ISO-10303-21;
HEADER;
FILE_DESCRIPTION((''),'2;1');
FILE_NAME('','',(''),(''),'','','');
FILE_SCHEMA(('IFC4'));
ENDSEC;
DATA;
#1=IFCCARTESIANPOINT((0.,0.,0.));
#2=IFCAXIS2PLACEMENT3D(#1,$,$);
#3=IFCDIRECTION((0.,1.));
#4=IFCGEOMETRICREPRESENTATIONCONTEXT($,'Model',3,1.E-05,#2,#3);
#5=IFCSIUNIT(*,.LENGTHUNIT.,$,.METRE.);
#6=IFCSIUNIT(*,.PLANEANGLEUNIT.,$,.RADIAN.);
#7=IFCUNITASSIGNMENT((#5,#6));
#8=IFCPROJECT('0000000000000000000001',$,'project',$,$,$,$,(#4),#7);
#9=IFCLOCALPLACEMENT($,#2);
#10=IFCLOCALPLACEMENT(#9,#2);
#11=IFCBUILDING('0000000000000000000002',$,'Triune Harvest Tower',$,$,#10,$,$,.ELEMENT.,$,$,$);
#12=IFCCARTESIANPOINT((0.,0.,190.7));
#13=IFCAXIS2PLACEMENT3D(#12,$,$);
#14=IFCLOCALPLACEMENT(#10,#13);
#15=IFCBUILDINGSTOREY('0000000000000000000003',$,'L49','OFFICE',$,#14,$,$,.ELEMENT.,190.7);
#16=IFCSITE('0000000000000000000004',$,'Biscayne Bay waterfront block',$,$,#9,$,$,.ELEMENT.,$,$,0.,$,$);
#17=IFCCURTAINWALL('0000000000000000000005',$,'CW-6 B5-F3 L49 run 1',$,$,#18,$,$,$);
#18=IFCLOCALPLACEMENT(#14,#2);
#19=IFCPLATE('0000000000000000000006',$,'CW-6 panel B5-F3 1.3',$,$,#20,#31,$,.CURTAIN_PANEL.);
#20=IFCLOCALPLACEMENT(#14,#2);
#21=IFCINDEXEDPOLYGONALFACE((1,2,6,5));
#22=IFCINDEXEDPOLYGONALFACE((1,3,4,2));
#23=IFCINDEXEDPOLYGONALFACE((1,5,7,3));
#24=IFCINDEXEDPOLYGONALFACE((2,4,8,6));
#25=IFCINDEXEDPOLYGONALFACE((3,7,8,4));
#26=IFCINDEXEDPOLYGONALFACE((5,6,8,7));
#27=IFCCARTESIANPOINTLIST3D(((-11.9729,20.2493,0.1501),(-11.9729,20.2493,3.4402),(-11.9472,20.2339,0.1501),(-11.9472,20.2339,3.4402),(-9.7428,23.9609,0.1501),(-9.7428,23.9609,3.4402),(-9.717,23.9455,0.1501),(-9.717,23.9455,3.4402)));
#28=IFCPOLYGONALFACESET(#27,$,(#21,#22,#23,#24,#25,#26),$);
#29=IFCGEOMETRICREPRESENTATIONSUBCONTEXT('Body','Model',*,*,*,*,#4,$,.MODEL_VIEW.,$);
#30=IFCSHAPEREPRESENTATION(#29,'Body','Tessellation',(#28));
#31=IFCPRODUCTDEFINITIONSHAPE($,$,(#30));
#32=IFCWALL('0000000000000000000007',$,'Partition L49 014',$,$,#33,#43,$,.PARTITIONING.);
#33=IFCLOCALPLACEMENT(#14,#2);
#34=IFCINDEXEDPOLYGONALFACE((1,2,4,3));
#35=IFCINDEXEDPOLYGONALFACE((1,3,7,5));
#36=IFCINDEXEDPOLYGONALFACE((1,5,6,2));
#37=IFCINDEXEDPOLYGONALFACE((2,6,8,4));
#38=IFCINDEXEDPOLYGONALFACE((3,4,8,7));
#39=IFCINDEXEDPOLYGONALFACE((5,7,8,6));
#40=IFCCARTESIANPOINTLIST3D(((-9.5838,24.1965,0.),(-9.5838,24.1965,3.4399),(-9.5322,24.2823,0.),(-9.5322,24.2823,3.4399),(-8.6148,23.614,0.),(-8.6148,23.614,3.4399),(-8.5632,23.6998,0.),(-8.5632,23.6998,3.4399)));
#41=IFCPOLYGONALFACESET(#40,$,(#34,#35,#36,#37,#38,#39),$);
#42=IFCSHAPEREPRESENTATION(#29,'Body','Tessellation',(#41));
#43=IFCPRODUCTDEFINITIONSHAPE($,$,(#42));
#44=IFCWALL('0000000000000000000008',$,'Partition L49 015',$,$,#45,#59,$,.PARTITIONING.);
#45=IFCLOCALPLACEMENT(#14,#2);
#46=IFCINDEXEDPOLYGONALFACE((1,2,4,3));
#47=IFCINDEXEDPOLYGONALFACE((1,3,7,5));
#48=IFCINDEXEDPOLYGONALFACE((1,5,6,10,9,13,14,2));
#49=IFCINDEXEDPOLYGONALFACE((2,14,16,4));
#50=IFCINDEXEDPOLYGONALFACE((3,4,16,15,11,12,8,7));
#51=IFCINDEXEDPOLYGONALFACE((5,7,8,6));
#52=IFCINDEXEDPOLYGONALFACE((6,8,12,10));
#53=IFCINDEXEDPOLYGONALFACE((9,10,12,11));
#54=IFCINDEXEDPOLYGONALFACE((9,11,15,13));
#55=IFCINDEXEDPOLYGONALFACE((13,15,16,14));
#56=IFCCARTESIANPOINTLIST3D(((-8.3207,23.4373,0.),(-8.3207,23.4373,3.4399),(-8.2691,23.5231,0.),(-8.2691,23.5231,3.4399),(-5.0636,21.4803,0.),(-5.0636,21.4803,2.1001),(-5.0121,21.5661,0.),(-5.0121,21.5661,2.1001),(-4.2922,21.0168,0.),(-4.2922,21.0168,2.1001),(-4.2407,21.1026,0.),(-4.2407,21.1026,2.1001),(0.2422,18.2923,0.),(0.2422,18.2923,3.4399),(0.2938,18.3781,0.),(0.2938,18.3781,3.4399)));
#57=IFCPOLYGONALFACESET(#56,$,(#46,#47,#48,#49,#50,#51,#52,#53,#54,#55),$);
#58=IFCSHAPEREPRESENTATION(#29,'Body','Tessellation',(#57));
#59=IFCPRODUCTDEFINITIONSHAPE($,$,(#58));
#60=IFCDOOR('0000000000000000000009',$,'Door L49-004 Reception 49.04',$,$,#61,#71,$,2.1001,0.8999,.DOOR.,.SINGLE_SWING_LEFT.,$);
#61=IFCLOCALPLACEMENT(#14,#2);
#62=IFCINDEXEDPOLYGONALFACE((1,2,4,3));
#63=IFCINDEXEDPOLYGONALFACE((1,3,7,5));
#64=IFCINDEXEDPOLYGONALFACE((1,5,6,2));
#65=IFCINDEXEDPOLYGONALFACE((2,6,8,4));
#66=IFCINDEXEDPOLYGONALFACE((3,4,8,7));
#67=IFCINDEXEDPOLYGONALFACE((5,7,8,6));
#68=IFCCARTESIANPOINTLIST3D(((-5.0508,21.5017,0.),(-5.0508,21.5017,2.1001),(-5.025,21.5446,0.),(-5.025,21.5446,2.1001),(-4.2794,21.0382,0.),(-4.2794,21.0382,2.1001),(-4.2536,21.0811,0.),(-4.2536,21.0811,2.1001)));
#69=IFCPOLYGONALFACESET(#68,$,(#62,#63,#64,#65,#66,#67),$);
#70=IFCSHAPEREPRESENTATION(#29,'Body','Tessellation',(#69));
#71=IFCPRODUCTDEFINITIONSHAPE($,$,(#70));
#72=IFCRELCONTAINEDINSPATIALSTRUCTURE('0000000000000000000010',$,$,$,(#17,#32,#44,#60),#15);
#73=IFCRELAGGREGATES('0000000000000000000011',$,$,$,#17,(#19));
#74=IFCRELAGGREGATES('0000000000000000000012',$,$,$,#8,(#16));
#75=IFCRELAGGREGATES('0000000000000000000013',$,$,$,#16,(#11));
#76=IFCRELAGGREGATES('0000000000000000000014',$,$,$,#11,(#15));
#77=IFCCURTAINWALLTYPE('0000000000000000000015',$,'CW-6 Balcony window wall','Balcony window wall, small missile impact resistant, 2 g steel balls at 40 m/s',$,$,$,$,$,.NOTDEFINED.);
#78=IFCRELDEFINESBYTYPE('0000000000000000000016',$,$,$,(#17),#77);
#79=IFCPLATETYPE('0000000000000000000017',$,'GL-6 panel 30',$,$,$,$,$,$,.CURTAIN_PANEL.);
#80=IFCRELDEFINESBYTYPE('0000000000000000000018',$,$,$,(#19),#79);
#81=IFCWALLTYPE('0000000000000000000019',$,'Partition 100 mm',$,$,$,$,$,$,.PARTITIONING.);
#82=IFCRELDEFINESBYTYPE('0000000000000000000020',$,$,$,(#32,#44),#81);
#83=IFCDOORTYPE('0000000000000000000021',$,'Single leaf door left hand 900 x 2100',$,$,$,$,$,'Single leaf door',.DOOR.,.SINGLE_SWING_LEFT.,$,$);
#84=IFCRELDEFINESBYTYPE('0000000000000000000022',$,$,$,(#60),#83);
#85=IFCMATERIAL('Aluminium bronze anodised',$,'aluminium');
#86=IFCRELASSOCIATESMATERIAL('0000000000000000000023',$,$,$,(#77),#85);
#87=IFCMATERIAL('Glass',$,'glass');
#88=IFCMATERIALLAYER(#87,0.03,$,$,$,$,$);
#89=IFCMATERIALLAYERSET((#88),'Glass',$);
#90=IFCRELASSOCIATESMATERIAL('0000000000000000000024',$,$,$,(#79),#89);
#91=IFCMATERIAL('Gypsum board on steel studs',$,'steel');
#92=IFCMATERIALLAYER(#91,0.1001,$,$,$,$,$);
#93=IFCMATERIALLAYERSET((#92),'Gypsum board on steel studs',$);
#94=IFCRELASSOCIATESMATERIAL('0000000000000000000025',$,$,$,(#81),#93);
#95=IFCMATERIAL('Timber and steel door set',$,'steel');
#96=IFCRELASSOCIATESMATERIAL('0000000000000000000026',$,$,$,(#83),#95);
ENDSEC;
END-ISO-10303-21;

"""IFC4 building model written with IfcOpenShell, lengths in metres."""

from ifc_helpers import new_model, si_unit, direction, frame, frame_2d, origin, origin_2d, place, context, subcontext, project, spatial, rectangle, extrude, source, transform, mapped, material, layer, layer_set, type_object, element, fill, aggregate, save


model = new_model("IFC4")

# Units and contexts
model_context = context("Model", 3, precision=1e-05, world=origin(), true_north=direction((0.0, 1.0)))
body_context = subcontext(model_context, "Body", "Model", "MODEL_VIEW")
ifc_project = project(units=[si_unit("LENGTHUNIT", "METRE"), si_unit("PLANEANGLEUNIT", "RADIAN")], contexts=[model_context])

# Site, building, storey
site_placement = place(None, origin())
site = spatial("IfcSite", under=ifc_project, at=site_placement, Name="Biscayne Bay waterfront block", CompositionType="ELEMENT", RefElevation=0.0)
building_placement = place(site_placement, origin())
building = spatial("IfcBuilding", under=site, at=building_placement, Name="Triune Harvest Tower", CompositionType="ELEMENT")
storey_placement = place(building_placement, frame((0.0, 0.0, 190.7)))
storey = spatial("IfcBuildingStorey", under=building, at=storey_placement, Name="L49", Description="OFFICE", CompositionType="ELEMENT", Elevation=190.7)

# Curtain wall
ifc_material_1 = material(Name="Aluminium bronze anodised", Category="aluminium")
curtain_wall_type_1 = type_object("IfcCurtainWallType", Name="CW-6 Balcony window wall", Description="Balcony window wall, small missile impact resistant, 2 g steel balls at 40 m/s", PredefinedType="NOTDEFINED", material=ifc_material_1)
curtain_wall_1_placement = place(storey_placement, origin())
curtain_wall_1 = element("IfcCurtainWall", 1, at=curtain_wall_1_placement, inside=storey, type_object=curtain_wall_type_1, Name="CW-6 B5-F3 L49 run 1")

# Plate
ifc_material_2 = material(Name="Glass", Category="glass")
ifc_layer_1 = layer(ifc_material_2, 0.03)
ifc_layer_set_1 = layer_set([ifc_layer_1], Name="Glass")
plate_type_1 = type_object("IfcPlateType", Name="GL-6 panel 30", PredefinedType="CURTAIN_PANEL", material=ifc_layer_set_1)
shared_shape_1 = source(origin(), body_context, "Body", "SweptSolid", [
    extrude(rectangle(XDim=4.3301, YDim=0.03, at=origin_2d()), origin(), (0.0, 0.0, 1.0), 3.29),
])
plate_1_placement = place(storey_placement, frame((-10.845, 22.0974, 0.1501), z_axis=(0.0, 0.0, 1.0), x_axis=(-0.515036, -0.857169, 0.0)))
plate_1 = element("IfcPlate", 2, at=plate_1_placement, type_object=plate_type_1, Name="CW-6 panel B5-F3 1.3", PredefinedType="CURTAIN_PANEL", context=body_context, shape_type="MappedRepresentation", body=[
    mapped(shared_shape_1, transform((0.0, 0.0, 0.0), scale=1.0)),
])
aggregate(curtain_wall_1, [plate_1])

# Wall
ifc_material_3 = material(Name="Gypsum board on steel studs", Category="steel")
ifc_layer_2 = layer(ifc_material_3, 0.1001)
ifc_layer_set_2 = layer_set([ifc_layer_2], Name="Gypsum board on steel studs")
wall_type = type_object("IfcWallType", Name="Partition 100 mm", PredefinedType="PARTITIONING", material=ifc_layer_set_2)
shared_shape_2 = source(origin(), body_context, "Body", "SweptSolid", [
    extrude(rectangle(XDim=1.1306, YDim=0.1001, at=frame_2d((0.5654, 0.0))), origin(), (0.0, 0.0, 1.0), 3.4399),
])
wall_1_placement = place(storey_placement, frame((-9.5581, 24.2395, 0.0), z_axis=(0.0, 0.0, 1.0), x_axis=(0.857054, -0.515226, 0.0)))
element("IfcWall", 3, at=wall_1_placement, inside=storey, type_object=wall_type, Name="Partition L49 014", PredefinedType="PARTITIONING", context=body_context, shape_type="MappedRepresentation", body=[
    mapped(shared_shape_2, transform((0.0, 0.0, 0.0), scale=1.0)),
])

# Wall, opening, door
shared_shape_3 = source(origin(), body_context, "Body", "SweptSolid", [
    extrude(rectangle(XDim=9.9897, YDim=0.1001, at=frame_2d((4.9949, 0.0))), origin(), (0.0, 0.0, 1.0), 3.4399),
])
wall_2_placement = place(storey_placement, frame((-8.2949, 23.4802, 0.0), z_axis=(0.0, 0.0, 1.0), x_axis=(0.857174, -0.515028, 0.0)))
wall_2 = element("IfcWall", 4, at=wall_2_placement, inside=storey, type_object=wall_type, Name="Partition L49 015", PredefinedType="PARTITIONING", context=body_context, shape_type="MappedRepresentation", body=[
    mapped(shared_shape_3, transform((0.0, 0.0, 0.0), scale=1.0)),
])
opening_placement = place(wall_2_placement, frame((3.7998, 0.0, 0.0)))
opening = element("IfcOpeningElement", 5, at=opening_placement, cuts=wall_2, PredefinedType="OPENING", context=body_context, shape_type="SweptSolid", body=[
    extrude(rectangle(XDim=0.8999, YDim=2.1001, at=frame_2d((0.45, 1.05))), frame((0.0, 0.0601, 0.0), z_axis=(0.0, -1.0, 0.0), x_axis=(1.0, 0.0, 0.0)), (0.0, 0.0, 1.0), 0.1201),
])
ifc_material_4 = material(Name="Timber and steel door set", Category="steel")
door_type = type_object("IfcDoorType", Name="Single leaf door left hand 900 x 2100", ElementType="Single leaf door", OperationType="SINGLE_SWING_LEFT", PredefinedType="DOOR", material=ifc_material_4)
door_placement = place(opening_placement, origin())
door = element("IfcDoor", 6, at=door_placement, inside=storey, type_object=door_type, Name="Door L49-004 Reception 49.04", OperationType="SINGLE_SWING_LEFT", OverallHeight=2.1001, OverallWidth=0.8999, PredefinedType="DOOR", context=body_context, shape_type="SweptSolid", body=[
    extrude(rectangle(XDim=0.8999, YDim=2.1001, at=frame_2d((0.45, 1.05))), frame((0.0, 0.0249, 0.0), z_axis=(0.0, -1.0, 0.0), x_axis=(1.0, 0.0, 0.0)), (0.0, 0.0, 1.0), 0.05),
])
fill(opening, door)

save(model, "model.ifc")
